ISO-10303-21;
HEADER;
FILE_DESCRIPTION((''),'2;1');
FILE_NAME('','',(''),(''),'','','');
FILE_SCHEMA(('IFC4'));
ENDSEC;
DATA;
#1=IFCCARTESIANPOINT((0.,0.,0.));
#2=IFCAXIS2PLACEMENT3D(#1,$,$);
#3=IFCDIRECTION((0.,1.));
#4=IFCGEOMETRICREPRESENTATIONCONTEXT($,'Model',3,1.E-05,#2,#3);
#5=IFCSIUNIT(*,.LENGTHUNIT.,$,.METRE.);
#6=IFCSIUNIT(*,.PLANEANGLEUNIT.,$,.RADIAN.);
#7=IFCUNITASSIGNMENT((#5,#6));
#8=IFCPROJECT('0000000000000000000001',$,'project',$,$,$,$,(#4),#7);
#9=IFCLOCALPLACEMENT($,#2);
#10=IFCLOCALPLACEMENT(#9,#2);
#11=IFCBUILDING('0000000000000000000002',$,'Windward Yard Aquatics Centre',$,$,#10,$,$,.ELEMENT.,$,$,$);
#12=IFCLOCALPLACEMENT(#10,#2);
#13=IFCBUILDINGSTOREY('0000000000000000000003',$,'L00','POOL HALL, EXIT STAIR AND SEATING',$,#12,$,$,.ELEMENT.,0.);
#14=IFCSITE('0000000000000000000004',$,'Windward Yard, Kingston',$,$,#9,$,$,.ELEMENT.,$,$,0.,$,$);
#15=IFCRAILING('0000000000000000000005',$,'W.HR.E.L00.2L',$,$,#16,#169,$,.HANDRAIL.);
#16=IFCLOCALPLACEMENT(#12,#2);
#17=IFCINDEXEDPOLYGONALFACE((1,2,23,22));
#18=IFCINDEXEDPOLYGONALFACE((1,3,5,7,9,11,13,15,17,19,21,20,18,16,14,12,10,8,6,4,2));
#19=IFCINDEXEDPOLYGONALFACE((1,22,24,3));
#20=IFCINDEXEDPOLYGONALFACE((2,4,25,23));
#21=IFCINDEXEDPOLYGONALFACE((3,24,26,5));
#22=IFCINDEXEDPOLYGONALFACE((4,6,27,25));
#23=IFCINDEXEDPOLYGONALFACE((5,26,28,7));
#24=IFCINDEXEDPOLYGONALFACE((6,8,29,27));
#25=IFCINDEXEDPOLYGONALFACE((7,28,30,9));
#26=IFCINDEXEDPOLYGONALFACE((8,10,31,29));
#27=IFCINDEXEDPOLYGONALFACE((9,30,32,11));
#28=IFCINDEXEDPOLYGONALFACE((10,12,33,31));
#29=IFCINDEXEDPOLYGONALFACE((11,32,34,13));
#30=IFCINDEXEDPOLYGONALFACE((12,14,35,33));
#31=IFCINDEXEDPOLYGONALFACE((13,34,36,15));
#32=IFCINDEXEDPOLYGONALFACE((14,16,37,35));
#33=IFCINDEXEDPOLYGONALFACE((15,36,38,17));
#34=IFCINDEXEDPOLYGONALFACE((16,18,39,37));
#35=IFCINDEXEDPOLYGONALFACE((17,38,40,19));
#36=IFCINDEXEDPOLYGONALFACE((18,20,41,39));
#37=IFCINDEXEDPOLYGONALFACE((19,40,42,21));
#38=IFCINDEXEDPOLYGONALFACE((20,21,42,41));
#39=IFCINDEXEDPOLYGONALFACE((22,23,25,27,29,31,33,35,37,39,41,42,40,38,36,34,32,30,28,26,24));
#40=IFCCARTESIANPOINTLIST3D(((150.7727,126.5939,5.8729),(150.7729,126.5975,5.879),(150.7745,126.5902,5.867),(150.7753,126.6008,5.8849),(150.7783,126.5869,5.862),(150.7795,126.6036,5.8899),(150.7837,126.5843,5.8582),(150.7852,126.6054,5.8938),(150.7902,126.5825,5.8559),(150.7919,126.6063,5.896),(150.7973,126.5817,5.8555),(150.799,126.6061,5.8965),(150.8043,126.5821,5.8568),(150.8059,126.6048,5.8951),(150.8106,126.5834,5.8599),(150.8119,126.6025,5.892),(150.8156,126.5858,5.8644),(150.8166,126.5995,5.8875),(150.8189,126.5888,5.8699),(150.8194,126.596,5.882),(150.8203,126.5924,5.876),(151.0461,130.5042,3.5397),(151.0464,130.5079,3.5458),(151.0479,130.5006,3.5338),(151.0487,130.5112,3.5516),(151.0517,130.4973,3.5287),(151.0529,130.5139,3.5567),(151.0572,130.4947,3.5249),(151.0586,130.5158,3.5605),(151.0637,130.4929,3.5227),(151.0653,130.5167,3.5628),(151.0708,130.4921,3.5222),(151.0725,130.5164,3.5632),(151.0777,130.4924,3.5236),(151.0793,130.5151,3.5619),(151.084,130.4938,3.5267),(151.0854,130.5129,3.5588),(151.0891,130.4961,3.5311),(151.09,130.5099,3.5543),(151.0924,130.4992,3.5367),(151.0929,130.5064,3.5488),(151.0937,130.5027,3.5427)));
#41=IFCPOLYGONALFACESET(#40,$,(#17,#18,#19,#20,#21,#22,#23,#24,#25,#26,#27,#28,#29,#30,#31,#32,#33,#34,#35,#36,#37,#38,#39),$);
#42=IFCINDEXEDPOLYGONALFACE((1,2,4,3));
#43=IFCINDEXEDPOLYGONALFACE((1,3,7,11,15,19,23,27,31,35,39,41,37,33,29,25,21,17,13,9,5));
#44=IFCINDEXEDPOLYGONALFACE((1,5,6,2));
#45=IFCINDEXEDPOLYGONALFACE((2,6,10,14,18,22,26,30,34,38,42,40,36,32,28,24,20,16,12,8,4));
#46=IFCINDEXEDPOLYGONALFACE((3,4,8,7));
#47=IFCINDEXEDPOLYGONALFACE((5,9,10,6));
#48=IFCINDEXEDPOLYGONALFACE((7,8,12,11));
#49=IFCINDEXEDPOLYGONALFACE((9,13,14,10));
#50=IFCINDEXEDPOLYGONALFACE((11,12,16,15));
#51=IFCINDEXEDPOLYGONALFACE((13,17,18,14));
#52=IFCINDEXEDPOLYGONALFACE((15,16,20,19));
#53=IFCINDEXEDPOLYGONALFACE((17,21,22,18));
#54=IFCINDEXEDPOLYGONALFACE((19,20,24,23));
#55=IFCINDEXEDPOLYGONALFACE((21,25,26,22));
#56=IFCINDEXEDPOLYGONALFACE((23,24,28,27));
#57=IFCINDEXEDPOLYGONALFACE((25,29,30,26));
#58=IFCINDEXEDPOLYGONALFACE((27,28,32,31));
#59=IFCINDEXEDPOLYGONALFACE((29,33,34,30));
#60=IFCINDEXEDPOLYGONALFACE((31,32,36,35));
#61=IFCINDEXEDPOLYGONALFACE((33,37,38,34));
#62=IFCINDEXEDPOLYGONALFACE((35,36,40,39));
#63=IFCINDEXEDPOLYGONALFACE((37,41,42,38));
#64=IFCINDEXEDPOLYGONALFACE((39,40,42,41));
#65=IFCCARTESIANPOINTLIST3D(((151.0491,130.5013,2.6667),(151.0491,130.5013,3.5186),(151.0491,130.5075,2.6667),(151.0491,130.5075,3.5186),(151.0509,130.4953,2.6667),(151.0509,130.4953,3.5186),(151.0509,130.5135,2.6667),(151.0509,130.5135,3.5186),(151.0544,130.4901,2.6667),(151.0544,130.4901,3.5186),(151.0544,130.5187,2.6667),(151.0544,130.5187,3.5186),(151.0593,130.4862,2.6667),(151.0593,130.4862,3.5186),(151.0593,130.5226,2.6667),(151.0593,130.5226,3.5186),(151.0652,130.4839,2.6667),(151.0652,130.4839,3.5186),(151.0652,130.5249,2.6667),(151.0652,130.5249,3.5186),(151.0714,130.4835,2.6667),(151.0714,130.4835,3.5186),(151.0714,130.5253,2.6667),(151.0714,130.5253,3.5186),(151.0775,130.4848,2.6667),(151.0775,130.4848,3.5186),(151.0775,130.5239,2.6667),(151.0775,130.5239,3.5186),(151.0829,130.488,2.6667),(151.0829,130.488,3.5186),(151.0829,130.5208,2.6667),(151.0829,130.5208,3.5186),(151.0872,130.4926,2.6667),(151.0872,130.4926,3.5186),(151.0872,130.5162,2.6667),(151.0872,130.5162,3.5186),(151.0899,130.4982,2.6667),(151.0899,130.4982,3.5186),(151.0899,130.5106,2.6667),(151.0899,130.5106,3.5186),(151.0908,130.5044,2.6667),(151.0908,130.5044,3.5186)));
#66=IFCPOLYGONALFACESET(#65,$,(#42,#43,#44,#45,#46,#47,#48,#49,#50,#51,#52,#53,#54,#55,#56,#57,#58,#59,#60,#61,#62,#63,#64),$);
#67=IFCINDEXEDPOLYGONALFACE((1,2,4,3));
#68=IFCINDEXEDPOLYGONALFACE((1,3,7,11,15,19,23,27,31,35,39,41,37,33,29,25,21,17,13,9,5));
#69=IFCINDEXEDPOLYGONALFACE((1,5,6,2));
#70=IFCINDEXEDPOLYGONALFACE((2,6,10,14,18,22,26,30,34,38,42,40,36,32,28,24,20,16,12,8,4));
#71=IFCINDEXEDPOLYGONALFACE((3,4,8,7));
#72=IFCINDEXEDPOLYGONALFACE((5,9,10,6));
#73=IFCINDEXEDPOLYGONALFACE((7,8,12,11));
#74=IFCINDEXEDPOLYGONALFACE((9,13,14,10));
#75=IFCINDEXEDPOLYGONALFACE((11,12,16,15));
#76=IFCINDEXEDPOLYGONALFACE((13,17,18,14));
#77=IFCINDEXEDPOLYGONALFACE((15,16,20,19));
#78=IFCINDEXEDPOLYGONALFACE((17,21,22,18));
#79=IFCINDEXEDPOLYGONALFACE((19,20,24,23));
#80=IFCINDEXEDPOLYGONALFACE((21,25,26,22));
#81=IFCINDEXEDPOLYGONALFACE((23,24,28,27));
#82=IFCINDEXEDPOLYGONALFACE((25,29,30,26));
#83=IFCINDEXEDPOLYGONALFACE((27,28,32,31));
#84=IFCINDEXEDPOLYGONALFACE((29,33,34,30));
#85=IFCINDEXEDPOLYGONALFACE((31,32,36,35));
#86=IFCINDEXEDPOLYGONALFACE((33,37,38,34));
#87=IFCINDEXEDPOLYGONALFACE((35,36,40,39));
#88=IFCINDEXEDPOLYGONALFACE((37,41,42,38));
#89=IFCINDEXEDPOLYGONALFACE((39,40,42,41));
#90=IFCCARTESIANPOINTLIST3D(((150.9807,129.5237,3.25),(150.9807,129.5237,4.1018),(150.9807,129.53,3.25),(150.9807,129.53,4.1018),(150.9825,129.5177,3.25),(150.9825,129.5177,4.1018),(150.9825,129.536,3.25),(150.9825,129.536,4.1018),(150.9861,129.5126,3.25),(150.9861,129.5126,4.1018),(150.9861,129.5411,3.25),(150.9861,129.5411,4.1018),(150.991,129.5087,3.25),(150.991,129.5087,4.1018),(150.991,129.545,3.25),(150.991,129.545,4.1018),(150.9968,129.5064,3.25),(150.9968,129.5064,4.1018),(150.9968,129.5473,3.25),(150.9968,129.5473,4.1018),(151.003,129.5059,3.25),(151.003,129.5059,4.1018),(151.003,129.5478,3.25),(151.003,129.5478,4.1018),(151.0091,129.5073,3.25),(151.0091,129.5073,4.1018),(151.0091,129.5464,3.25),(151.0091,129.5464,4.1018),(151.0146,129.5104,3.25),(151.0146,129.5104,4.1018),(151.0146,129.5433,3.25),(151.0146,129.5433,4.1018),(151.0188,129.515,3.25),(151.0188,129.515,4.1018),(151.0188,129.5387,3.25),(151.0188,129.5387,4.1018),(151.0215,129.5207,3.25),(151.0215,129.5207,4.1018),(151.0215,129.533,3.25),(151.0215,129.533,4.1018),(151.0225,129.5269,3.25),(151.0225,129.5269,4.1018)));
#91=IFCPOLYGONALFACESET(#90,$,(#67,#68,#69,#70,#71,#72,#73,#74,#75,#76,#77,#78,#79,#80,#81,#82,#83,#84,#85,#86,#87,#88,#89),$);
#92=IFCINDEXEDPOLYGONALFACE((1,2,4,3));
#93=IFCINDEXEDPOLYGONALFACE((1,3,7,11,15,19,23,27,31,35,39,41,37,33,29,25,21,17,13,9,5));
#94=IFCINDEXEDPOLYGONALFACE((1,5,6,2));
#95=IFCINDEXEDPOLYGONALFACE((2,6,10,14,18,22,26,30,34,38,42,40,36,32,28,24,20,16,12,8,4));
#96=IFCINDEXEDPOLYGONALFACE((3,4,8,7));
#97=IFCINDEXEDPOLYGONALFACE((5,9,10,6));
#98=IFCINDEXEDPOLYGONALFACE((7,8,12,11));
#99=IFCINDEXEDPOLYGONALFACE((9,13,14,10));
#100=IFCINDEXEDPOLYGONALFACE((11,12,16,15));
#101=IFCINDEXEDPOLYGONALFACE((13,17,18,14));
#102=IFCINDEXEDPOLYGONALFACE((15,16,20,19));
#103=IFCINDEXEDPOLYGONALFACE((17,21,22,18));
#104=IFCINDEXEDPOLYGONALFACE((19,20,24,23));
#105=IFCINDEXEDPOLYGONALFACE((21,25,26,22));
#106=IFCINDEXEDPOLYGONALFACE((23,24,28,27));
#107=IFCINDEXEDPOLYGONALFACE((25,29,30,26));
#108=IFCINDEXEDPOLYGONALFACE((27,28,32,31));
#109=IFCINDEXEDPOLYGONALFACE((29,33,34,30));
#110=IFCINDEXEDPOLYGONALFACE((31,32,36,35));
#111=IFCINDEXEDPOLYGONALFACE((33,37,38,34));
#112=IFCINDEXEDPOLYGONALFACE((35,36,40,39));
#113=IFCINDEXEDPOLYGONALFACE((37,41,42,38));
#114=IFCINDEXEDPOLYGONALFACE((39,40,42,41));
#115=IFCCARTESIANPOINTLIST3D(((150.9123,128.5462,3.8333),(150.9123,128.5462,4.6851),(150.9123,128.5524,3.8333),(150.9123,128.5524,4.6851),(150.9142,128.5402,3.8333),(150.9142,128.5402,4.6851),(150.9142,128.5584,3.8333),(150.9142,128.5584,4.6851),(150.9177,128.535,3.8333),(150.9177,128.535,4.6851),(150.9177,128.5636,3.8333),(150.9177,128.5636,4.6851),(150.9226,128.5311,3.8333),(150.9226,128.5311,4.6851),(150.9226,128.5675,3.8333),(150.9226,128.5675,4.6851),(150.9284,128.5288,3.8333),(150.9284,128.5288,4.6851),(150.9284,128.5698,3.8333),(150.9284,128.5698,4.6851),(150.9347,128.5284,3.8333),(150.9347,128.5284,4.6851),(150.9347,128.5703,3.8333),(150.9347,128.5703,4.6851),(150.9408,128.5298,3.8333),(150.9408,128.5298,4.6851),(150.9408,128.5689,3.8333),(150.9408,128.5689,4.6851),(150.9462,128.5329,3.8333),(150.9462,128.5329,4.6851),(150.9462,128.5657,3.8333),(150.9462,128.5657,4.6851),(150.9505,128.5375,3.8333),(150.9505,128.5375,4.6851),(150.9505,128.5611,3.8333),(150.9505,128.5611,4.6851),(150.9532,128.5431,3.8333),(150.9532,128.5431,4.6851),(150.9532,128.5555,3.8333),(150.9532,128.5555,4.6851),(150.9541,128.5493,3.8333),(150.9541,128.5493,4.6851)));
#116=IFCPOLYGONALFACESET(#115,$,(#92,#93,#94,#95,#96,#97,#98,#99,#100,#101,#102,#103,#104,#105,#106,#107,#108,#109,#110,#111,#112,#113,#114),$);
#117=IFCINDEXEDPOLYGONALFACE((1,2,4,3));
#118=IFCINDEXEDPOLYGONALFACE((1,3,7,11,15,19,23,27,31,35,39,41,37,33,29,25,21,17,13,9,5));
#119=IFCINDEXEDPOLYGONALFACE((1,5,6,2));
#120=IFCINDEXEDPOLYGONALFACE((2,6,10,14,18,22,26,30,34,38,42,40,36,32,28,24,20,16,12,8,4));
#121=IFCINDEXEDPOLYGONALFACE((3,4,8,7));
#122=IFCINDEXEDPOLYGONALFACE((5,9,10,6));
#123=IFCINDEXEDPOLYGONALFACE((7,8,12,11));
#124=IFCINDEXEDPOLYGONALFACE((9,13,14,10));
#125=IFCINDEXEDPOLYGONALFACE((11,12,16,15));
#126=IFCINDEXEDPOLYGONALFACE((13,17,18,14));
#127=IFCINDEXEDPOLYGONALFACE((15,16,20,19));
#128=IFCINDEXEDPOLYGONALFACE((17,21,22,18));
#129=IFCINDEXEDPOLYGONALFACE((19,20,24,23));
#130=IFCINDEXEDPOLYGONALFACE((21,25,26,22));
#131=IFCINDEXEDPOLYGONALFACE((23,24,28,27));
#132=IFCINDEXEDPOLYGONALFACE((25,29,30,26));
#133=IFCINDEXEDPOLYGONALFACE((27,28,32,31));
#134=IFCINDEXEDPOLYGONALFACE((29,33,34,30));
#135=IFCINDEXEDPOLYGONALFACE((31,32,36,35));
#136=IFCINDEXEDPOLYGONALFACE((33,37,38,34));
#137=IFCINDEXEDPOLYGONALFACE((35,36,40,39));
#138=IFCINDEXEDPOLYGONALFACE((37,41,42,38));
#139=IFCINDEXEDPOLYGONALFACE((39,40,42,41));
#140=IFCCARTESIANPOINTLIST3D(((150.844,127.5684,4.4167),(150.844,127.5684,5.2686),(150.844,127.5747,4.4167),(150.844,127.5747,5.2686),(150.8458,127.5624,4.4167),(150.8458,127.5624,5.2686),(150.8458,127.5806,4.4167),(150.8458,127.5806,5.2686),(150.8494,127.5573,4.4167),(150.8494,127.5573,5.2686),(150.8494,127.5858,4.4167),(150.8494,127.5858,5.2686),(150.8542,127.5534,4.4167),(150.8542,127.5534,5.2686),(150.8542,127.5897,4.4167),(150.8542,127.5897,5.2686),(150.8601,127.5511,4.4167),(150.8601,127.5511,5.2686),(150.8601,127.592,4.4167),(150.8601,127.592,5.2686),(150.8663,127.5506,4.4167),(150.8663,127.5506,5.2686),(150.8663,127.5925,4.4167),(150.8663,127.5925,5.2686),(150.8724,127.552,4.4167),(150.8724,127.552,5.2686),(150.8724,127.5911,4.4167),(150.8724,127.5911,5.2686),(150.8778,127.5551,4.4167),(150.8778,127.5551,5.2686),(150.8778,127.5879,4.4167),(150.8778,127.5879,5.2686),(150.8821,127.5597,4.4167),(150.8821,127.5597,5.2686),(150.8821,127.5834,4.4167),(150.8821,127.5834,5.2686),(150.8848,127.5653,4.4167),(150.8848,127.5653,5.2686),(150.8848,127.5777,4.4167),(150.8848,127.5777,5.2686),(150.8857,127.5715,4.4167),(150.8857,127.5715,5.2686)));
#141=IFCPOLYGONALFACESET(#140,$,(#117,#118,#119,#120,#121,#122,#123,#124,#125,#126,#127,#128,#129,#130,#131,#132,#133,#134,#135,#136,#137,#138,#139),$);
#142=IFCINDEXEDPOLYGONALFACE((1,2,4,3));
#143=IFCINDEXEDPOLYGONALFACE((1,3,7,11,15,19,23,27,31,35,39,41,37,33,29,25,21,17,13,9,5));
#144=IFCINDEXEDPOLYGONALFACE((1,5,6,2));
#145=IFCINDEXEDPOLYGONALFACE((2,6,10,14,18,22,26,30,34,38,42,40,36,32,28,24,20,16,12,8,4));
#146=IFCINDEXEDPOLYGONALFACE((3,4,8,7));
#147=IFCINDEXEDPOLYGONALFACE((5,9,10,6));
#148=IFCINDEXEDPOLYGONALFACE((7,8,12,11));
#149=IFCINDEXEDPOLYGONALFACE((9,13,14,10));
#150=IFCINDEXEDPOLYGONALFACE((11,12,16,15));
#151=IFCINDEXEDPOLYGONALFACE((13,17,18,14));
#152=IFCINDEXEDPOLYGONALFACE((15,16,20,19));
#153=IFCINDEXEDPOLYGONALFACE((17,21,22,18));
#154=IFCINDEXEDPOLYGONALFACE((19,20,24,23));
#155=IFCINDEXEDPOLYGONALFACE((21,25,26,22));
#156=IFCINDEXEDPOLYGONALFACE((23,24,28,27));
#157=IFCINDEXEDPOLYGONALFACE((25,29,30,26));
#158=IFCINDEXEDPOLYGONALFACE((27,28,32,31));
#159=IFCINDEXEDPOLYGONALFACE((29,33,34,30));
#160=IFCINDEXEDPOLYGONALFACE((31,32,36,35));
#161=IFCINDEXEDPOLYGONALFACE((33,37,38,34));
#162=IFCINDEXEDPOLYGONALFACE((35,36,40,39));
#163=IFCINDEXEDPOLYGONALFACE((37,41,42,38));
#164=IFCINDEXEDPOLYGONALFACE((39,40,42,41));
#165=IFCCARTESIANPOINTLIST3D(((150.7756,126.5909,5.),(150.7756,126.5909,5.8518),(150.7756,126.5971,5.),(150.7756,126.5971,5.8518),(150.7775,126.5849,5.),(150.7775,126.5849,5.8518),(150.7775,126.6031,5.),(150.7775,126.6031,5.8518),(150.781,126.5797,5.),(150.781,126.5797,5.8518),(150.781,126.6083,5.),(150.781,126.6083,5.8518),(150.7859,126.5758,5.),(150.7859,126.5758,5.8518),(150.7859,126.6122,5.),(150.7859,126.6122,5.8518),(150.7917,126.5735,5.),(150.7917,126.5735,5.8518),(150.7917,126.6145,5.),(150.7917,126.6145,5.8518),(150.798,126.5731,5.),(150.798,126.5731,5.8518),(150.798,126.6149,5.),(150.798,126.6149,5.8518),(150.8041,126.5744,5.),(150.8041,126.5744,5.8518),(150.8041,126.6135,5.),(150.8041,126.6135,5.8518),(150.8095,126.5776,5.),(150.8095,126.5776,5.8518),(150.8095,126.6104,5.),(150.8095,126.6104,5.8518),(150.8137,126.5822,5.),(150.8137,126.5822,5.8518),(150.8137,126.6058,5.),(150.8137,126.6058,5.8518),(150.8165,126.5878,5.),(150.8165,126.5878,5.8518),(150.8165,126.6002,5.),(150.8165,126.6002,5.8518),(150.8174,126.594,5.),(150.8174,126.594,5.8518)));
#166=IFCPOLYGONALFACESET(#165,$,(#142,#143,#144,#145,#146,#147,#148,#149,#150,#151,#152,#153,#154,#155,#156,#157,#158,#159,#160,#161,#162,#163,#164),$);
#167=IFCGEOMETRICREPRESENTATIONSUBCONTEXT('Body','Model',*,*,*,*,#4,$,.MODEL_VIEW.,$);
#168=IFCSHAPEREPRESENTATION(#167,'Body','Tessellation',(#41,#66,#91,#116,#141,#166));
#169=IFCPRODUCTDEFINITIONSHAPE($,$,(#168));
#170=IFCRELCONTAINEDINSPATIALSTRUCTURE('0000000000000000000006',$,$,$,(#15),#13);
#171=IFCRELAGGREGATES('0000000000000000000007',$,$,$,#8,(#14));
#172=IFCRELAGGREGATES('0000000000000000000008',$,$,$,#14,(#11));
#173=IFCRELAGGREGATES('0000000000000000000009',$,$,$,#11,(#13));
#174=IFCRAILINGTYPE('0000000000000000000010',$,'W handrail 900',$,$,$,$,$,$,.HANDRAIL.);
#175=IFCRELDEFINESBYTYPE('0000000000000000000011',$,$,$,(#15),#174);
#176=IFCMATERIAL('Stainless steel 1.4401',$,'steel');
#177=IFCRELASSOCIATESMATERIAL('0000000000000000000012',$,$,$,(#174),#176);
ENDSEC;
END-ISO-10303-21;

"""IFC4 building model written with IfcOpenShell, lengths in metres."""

from ifc_helpers import new_model, si_unit, direction, frame, origin, origin_2d, place, context, subcontext, project, spatial, circle, extrude, material, type_object, element, save


model = new_model("IFC4")

# Units and contexts
model_context = context("Model", 3, precision=1e-05, world=origin(), true_north=direction((0.0, 1.0)))
body_context = subcontext(model_context, "Body", "Model", "MODEL_VIEW")
ifc_project = project(units=[si_unit("LENGTHUNIT", "METRE"), si_unit("PLANEANGLEUNIT", "RADIAN")], contexts=[model_context])

# Site, building, storey
site_placement = place(None, origin())
site = spatial("IfcSite", under=ifc_project, at=site_placement, Name="Windward Yard, Kingston", CompositionType="ELEMENT", RefElevation=0.0)
building_placement = place(site_placement, origin())
building = spatial("IfcBuilding", under=site, at=building_placement, Name="Windward Yard Aquatics Centre", CompositionType="ELEMENT")
storey_placement = place(building_placement, origin())
storey = spatial("IfcBuildingStorey", under=building, at=storey_placement, Name="L00", Description="POOL HALL, EXIT STAIR AND SEATING", CompositionType="ELEMENT", Elevation=0.0)

# Railing
ifc_material_1 = material(Name="Stainless steel 1.4401", Category="steel")
railing_type = type_object("IfcRailingType", Name="W handrail 900", PredefinedType="HANDRAIL", material=ifc_material_1)
for number, where, name in (
    (1, (151.0698, 130.5044, 2.6667), "W.HR.E.L00.2L"),
):
    element("IfcRailing", number, at=place(storey_placement, frame(where)), inside=storey, type_object=railing_type, Name=name, PredefinedType="HANDRAIL", context=body_context, shape_type="SweptSolid", body=[
        extrude(circle(Radius=0.0239, at=origin_2d()), frame((0.0, 0.0, 0.876), z_axis=(-0.059941, -0.857205, 0.511476), x_axis=(0.997564, -0.069755, 0.0)), (0.0, 0.0, 1.0), 4.5618),
        extrude(circle(Radius=0.021, at=origin_2d()), origin(), (0.0, 0.0, 1.0), 0.8518),
        extrude(circle(Radius=0.021, at=origin_2d()), frame((-0.0684, -0.9775, 0.5833)), (0.0, 0.0, 1.0), 0.8518),
        extrude(circle(Radius=0.021, at=origin_2d()), frame((-0.1367, -1.9551, 1.1665)), (0.0, 0.0, 1.0), 0.8518),
        extrude(circle(Radius=0.021, at=origin_2d()), frame((-0.2051, -2.9329, 1.75)), (0.0, 0.0, 1.0), 0.8518),
        extrude(circle(Radius=0.021, at=origin_2d()), frame((-0.2734, -3.9104, 2.3333)), (0.0, 0.0, 1.0), 0.8518),
    ])

save(model, "model.ifc")
